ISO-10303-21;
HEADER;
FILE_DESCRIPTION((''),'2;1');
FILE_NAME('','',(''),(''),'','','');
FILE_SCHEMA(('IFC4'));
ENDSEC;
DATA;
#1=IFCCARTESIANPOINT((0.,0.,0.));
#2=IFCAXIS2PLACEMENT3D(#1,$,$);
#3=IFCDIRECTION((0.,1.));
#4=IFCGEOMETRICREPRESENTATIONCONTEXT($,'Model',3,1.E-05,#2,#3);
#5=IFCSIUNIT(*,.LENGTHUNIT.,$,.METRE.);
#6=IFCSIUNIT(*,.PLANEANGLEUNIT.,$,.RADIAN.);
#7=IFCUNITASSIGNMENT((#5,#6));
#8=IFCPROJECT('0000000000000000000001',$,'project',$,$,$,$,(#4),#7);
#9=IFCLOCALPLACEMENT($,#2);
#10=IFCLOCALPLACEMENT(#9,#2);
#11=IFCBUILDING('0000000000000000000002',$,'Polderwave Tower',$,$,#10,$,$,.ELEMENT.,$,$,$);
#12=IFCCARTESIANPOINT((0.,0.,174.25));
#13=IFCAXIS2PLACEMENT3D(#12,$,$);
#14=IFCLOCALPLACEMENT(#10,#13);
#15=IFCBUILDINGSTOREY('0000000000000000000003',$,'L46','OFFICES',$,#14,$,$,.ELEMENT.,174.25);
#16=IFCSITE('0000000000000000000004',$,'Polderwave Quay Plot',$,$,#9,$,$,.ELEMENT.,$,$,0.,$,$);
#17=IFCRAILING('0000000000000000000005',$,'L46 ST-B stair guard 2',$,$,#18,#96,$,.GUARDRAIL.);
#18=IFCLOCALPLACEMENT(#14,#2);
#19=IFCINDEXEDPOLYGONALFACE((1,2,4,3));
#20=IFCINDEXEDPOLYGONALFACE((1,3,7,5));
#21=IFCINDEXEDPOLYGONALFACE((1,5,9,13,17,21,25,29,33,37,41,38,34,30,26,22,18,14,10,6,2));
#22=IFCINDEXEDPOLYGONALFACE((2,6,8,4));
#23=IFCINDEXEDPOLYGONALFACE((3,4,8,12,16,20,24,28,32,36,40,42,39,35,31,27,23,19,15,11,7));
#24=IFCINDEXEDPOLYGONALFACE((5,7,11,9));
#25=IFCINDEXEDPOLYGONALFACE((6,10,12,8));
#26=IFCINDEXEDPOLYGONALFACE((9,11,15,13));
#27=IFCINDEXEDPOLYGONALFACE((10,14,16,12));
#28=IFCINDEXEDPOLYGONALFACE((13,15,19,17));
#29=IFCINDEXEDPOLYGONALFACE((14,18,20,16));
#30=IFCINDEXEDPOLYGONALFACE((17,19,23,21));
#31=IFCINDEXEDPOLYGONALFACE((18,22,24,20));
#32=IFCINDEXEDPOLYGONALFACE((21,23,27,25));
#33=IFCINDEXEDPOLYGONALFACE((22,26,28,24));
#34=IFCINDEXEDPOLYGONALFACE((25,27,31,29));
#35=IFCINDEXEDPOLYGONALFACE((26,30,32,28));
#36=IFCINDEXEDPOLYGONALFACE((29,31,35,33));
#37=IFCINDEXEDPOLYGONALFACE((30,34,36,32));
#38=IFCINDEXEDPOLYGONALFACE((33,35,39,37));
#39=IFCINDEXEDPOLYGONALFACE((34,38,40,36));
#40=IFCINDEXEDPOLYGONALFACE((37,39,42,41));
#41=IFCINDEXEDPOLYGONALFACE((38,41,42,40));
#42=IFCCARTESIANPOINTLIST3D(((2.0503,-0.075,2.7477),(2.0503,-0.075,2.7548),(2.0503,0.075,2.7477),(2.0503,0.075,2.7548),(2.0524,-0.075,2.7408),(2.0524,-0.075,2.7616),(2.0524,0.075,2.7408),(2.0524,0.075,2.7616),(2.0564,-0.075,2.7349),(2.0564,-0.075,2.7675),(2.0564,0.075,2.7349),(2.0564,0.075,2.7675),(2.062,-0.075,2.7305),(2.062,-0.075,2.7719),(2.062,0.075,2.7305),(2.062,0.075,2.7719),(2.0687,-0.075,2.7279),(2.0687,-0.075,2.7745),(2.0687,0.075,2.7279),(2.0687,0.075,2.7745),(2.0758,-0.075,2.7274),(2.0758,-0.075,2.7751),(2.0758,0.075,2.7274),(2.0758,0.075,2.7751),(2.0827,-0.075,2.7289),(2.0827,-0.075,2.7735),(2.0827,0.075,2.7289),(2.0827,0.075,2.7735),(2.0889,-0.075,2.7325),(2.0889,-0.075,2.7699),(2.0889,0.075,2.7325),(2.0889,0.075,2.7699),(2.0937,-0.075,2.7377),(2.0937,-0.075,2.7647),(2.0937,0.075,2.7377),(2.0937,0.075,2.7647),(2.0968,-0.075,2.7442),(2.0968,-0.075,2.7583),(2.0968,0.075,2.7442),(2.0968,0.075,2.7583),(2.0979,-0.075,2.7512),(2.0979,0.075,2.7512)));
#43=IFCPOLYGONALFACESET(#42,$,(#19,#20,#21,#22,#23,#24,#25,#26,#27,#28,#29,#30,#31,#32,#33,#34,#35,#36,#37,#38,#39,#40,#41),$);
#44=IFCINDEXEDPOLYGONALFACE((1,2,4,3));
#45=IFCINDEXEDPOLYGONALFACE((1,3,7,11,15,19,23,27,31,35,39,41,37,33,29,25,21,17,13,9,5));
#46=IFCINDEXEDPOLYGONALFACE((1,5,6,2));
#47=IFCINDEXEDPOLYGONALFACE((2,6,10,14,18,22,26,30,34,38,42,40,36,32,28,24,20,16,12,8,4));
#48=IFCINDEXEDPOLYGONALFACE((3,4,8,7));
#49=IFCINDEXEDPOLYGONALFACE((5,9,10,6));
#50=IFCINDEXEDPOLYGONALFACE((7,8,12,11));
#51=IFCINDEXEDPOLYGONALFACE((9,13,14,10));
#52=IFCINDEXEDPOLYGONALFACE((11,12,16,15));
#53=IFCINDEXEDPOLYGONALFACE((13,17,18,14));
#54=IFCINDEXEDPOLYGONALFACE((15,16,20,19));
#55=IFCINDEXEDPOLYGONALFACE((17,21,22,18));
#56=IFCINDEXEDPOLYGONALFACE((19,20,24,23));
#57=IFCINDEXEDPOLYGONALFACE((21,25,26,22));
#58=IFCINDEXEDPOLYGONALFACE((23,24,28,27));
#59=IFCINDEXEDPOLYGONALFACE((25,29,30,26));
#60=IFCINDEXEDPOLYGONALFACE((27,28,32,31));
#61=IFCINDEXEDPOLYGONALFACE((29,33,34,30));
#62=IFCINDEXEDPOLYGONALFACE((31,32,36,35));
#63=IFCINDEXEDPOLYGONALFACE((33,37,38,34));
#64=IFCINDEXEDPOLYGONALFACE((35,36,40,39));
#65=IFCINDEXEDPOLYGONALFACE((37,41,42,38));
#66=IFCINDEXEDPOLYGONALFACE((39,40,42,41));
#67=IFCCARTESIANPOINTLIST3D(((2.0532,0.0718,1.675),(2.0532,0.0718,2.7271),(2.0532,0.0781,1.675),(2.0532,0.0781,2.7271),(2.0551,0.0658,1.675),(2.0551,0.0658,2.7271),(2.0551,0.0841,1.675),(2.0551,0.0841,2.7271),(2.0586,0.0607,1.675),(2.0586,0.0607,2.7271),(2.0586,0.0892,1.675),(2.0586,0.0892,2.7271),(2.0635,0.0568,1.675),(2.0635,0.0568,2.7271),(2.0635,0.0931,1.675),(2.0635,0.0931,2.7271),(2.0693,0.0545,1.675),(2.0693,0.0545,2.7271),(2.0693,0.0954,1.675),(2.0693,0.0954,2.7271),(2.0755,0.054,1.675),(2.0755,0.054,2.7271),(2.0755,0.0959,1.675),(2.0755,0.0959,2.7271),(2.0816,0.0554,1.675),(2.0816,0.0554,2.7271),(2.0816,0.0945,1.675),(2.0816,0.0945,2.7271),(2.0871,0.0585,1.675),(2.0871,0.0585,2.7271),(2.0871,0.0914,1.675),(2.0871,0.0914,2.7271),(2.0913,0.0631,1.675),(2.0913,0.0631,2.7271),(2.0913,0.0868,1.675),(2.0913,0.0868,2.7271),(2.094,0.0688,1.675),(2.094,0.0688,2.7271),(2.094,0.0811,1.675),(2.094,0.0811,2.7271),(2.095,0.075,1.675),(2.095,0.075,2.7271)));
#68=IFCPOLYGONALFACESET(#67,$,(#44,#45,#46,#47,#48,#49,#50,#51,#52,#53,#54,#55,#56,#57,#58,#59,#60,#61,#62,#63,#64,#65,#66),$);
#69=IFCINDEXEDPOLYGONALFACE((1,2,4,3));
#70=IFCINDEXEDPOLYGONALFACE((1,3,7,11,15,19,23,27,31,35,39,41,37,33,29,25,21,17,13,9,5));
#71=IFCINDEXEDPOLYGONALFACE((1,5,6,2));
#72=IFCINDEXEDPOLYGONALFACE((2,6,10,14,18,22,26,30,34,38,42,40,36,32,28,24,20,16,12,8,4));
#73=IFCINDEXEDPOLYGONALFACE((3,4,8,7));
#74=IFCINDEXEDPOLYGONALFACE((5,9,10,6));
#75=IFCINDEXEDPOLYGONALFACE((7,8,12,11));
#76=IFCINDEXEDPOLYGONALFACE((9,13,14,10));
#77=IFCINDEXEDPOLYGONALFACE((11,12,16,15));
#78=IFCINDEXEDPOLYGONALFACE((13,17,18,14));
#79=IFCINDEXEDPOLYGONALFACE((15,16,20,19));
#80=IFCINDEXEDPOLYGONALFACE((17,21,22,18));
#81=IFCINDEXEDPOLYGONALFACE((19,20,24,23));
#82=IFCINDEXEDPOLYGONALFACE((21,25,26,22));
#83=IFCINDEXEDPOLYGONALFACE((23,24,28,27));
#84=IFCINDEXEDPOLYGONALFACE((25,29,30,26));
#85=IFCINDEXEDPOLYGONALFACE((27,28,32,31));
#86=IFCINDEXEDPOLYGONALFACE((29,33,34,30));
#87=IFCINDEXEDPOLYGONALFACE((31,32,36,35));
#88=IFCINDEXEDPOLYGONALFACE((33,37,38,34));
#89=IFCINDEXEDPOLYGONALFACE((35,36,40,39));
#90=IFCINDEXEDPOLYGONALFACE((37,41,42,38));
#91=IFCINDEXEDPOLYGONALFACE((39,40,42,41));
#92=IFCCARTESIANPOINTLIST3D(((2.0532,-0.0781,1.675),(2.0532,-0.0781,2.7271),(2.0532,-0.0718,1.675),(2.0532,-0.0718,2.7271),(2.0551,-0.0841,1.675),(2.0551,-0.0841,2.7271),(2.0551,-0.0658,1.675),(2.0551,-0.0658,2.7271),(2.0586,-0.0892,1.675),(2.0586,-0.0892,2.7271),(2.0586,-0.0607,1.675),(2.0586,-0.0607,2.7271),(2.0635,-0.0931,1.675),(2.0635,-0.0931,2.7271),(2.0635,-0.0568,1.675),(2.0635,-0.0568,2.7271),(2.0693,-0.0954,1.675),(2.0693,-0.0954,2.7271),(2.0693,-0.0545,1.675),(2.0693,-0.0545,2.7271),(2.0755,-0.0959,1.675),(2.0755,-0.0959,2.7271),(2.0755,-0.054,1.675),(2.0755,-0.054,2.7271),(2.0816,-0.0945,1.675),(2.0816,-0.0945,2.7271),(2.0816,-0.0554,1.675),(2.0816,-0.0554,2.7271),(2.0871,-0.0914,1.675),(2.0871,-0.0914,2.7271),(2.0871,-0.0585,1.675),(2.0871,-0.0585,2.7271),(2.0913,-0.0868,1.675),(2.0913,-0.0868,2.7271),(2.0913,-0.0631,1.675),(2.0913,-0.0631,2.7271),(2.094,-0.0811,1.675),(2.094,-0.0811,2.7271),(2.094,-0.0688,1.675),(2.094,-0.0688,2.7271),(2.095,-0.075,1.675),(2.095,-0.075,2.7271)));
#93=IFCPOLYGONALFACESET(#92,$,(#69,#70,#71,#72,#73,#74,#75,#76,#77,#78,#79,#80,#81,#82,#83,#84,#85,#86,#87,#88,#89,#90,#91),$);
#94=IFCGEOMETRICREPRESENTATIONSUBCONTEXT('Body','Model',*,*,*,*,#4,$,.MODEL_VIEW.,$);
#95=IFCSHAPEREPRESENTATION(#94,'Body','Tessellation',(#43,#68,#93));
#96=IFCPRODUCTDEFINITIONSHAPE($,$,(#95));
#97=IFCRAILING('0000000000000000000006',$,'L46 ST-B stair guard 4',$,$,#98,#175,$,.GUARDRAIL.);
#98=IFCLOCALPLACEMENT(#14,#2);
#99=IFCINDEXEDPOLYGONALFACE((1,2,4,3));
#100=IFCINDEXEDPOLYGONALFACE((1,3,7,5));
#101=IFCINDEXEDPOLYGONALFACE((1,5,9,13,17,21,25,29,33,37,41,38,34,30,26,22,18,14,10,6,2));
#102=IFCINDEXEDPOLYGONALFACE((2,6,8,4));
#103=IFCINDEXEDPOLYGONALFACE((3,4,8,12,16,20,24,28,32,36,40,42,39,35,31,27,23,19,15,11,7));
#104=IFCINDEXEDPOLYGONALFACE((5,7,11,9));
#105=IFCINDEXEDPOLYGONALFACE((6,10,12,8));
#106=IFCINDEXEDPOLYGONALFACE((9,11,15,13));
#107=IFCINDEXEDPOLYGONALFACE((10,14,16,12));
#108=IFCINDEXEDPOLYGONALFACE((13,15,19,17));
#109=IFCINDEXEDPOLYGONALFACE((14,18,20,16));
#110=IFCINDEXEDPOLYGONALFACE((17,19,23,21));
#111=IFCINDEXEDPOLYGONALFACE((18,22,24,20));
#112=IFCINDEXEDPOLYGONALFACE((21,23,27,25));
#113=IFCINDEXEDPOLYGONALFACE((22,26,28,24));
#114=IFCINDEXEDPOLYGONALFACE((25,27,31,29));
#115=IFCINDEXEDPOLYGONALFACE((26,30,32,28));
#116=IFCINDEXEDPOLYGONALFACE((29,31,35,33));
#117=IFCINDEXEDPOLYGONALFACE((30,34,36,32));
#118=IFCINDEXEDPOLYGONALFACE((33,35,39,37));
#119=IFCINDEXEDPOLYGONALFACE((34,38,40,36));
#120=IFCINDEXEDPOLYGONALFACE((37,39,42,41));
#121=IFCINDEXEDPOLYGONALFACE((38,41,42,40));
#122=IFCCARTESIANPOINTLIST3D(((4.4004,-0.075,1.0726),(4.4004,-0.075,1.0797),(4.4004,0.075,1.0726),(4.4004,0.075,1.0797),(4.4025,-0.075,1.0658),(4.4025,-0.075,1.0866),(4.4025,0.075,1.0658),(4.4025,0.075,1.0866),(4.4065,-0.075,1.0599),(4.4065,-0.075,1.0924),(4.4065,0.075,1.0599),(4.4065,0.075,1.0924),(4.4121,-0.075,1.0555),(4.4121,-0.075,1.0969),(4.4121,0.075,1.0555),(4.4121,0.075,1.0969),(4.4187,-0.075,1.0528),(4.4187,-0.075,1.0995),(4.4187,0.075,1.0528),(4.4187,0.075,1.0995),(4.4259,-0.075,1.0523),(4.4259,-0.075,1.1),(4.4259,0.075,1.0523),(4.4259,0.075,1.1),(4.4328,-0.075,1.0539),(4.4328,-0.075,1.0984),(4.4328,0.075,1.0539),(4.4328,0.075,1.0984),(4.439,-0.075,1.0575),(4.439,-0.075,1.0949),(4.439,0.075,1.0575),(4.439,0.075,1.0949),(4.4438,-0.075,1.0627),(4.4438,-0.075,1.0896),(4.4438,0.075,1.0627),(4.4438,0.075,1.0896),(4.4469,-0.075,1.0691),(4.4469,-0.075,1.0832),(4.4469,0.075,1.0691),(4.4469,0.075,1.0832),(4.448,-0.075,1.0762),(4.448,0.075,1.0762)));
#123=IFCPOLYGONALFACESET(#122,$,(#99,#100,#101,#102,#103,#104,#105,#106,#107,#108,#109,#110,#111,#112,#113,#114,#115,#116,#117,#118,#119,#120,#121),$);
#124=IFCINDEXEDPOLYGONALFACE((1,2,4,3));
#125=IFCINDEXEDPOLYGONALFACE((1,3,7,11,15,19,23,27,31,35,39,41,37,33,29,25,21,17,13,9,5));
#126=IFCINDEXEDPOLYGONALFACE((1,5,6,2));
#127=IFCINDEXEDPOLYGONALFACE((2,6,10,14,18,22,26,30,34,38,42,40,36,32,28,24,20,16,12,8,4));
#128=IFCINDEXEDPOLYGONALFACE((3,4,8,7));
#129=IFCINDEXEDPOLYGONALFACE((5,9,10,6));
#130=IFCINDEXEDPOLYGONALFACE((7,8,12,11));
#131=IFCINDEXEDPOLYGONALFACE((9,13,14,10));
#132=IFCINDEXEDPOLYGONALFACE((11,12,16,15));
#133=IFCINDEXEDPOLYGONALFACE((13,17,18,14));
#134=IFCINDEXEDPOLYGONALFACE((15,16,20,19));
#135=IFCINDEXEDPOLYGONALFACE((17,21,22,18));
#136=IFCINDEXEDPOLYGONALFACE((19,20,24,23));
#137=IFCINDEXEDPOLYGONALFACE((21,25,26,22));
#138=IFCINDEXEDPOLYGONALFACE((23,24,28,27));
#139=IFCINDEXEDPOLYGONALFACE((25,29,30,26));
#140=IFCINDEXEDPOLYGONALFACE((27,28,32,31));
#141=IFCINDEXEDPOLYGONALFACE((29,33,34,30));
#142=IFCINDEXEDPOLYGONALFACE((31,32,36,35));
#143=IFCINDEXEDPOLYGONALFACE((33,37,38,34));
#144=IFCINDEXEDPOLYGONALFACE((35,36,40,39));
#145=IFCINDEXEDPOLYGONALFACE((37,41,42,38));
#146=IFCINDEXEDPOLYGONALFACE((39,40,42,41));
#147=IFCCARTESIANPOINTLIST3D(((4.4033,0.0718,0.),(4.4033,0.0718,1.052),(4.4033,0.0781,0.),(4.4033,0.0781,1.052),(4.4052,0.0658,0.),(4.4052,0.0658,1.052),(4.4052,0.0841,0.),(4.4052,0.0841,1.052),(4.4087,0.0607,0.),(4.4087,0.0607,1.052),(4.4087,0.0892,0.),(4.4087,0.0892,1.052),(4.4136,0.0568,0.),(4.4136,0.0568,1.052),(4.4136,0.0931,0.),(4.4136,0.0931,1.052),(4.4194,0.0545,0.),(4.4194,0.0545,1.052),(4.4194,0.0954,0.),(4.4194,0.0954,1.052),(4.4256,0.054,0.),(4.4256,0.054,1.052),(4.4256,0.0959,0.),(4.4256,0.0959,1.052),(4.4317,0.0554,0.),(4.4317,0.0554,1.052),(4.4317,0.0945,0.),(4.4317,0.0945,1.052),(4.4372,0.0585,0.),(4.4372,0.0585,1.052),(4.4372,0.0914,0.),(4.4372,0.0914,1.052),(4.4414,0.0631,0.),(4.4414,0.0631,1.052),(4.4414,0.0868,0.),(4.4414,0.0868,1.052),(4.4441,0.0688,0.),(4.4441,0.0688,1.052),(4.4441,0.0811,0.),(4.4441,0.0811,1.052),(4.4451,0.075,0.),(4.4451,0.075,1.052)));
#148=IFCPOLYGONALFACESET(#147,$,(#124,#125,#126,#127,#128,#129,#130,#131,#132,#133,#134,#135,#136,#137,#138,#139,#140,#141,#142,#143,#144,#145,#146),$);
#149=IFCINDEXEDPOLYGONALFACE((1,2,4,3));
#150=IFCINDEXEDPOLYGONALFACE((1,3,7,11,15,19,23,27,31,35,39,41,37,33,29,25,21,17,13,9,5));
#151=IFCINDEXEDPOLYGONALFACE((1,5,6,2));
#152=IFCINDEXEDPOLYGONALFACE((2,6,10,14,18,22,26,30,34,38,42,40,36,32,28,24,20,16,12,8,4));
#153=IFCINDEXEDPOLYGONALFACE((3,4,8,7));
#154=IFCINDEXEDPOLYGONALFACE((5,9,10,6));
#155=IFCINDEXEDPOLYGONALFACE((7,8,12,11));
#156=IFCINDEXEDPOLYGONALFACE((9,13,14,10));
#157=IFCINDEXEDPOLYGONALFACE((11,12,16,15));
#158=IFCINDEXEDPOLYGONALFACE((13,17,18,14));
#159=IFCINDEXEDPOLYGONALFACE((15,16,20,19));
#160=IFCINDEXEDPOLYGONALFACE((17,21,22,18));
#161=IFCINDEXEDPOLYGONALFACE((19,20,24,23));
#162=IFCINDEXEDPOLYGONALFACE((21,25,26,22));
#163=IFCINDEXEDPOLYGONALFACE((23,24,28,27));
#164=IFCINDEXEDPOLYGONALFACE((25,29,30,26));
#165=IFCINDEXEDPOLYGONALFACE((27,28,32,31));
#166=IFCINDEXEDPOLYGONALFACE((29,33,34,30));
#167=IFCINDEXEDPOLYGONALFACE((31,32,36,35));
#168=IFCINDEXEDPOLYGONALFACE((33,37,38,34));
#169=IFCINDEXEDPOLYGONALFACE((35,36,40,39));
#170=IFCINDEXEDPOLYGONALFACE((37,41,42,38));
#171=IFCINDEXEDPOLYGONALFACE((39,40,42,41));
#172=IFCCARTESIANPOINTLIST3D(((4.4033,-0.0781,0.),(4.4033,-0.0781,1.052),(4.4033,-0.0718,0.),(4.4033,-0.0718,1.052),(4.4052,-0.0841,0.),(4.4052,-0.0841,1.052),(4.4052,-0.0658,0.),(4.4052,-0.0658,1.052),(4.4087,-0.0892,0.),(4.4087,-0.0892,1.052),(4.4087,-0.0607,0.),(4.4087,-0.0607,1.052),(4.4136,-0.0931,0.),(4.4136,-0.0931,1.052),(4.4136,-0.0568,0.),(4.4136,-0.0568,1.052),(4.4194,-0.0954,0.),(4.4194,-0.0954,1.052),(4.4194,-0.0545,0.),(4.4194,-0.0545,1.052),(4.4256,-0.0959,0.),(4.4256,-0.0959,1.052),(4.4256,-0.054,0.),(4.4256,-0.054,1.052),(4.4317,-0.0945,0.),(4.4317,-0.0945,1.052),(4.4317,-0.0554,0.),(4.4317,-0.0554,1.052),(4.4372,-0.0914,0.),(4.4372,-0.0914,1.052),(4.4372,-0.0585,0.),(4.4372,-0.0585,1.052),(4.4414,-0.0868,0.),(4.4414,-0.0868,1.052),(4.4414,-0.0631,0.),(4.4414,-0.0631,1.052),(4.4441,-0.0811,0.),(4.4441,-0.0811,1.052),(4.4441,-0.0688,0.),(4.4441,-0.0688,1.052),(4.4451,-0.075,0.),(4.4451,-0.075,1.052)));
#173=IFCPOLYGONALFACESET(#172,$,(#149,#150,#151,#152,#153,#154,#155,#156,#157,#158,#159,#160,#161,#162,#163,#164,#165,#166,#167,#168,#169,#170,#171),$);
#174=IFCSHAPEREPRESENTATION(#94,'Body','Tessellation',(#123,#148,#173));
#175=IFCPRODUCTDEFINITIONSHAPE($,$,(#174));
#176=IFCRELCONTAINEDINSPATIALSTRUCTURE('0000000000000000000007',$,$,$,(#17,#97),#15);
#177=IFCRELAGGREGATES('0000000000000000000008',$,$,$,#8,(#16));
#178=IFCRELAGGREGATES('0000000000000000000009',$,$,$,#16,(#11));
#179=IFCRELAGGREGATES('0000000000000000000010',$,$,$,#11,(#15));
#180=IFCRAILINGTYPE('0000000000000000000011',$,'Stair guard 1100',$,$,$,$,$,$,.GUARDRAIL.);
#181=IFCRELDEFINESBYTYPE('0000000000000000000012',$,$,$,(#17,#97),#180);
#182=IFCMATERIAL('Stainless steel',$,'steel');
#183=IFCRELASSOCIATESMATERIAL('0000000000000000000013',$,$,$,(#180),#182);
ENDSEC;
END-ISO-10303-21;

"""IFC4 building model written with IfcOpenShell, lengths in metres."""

from ifc_helpers import new_model, si_unit, direction, frame, origin, origin_2d, place, context, subcontext, project, spatial, circle, extrude, material, type_object, element, save


model = new_model("IFC4")

# Units and contexts
model_context = context("Model", 3, precision=1e-05, world=origin(), true_north=direction((0.0, 1.0)))
body_context = subcontext(model_context, "Body", "Model", "MODEL_VIEW")
ifc_project = project(units=[si_unit("LENGTHUNIT", "METRE"), si_unit("PLANEANGLEUNIT", "RADIAN")], contexts=[model_context])

# Site, building, storey
site_placement = place(None, origin())
site = spatial("IfcSite", under=ifc_project, at=site_placement, Name="Polderwave Quay Plot", CompositionType="ELEMENT", RefElevation=0.0)
building_placement = place(site_placement, origin())
building = spatial("IfcBuilding", under=site, at=building_placement, Name="Polderwave Tower", CompositionType="ELEMENT")
storey_placement = place(building_placement, frame((0.0, 0.0, 174.25)))
storey = spatial("IfcBuildingStorey", under=building, at=storey_placement, Name="L46", Description="OFFICES", CompositionType="ELEMENT", Elevation=174.25)

# Railings
ifc_material_1 = material(Name="Stainless steel", Category="steel")
railing_type_1 = type_object("IfcRailingType", Name="Stair guard 1100", PredefinedType="GUARDRAIL", material=ifc_material_1)
for number, where, name in (
    (1, (2.074, 0.075, 1.675), "L46 ST-B stair guard 2"),
    (2, (4.4241, 0.075, 0.0), "L46 ST-B stair guard 4"),
):
    element("IfcRailing", number, at=place(storey_placement, frame(where)), inside=storey, type_object=railing_type_1, Name=name, PredefinedType="GUARDRAIL", context=body_context, shape_type="SweptSolid", body=[
        extrude(circle(Radius=0.0239, at=origin_2d()), frame((0.0, 0.0, 1.0762), z_axis=(0.0, -1.0, 0.0), x_axis=(1.0, 0.0, 0.0)), (0.0, 0.0, 1.0), 0.1499),
        extrude(circle(Radius=0.021, at=origin_2d()), origin(), (0.0, 0.0, 1.0), 1.052),
        extrude(circle(Radius=0.021, at=origin_2d()), frame((0.0, -0.1499, 0.0)), (0.0, 0.0, 1.0), 1.052),
    ])

save(model, "model.ifc")
